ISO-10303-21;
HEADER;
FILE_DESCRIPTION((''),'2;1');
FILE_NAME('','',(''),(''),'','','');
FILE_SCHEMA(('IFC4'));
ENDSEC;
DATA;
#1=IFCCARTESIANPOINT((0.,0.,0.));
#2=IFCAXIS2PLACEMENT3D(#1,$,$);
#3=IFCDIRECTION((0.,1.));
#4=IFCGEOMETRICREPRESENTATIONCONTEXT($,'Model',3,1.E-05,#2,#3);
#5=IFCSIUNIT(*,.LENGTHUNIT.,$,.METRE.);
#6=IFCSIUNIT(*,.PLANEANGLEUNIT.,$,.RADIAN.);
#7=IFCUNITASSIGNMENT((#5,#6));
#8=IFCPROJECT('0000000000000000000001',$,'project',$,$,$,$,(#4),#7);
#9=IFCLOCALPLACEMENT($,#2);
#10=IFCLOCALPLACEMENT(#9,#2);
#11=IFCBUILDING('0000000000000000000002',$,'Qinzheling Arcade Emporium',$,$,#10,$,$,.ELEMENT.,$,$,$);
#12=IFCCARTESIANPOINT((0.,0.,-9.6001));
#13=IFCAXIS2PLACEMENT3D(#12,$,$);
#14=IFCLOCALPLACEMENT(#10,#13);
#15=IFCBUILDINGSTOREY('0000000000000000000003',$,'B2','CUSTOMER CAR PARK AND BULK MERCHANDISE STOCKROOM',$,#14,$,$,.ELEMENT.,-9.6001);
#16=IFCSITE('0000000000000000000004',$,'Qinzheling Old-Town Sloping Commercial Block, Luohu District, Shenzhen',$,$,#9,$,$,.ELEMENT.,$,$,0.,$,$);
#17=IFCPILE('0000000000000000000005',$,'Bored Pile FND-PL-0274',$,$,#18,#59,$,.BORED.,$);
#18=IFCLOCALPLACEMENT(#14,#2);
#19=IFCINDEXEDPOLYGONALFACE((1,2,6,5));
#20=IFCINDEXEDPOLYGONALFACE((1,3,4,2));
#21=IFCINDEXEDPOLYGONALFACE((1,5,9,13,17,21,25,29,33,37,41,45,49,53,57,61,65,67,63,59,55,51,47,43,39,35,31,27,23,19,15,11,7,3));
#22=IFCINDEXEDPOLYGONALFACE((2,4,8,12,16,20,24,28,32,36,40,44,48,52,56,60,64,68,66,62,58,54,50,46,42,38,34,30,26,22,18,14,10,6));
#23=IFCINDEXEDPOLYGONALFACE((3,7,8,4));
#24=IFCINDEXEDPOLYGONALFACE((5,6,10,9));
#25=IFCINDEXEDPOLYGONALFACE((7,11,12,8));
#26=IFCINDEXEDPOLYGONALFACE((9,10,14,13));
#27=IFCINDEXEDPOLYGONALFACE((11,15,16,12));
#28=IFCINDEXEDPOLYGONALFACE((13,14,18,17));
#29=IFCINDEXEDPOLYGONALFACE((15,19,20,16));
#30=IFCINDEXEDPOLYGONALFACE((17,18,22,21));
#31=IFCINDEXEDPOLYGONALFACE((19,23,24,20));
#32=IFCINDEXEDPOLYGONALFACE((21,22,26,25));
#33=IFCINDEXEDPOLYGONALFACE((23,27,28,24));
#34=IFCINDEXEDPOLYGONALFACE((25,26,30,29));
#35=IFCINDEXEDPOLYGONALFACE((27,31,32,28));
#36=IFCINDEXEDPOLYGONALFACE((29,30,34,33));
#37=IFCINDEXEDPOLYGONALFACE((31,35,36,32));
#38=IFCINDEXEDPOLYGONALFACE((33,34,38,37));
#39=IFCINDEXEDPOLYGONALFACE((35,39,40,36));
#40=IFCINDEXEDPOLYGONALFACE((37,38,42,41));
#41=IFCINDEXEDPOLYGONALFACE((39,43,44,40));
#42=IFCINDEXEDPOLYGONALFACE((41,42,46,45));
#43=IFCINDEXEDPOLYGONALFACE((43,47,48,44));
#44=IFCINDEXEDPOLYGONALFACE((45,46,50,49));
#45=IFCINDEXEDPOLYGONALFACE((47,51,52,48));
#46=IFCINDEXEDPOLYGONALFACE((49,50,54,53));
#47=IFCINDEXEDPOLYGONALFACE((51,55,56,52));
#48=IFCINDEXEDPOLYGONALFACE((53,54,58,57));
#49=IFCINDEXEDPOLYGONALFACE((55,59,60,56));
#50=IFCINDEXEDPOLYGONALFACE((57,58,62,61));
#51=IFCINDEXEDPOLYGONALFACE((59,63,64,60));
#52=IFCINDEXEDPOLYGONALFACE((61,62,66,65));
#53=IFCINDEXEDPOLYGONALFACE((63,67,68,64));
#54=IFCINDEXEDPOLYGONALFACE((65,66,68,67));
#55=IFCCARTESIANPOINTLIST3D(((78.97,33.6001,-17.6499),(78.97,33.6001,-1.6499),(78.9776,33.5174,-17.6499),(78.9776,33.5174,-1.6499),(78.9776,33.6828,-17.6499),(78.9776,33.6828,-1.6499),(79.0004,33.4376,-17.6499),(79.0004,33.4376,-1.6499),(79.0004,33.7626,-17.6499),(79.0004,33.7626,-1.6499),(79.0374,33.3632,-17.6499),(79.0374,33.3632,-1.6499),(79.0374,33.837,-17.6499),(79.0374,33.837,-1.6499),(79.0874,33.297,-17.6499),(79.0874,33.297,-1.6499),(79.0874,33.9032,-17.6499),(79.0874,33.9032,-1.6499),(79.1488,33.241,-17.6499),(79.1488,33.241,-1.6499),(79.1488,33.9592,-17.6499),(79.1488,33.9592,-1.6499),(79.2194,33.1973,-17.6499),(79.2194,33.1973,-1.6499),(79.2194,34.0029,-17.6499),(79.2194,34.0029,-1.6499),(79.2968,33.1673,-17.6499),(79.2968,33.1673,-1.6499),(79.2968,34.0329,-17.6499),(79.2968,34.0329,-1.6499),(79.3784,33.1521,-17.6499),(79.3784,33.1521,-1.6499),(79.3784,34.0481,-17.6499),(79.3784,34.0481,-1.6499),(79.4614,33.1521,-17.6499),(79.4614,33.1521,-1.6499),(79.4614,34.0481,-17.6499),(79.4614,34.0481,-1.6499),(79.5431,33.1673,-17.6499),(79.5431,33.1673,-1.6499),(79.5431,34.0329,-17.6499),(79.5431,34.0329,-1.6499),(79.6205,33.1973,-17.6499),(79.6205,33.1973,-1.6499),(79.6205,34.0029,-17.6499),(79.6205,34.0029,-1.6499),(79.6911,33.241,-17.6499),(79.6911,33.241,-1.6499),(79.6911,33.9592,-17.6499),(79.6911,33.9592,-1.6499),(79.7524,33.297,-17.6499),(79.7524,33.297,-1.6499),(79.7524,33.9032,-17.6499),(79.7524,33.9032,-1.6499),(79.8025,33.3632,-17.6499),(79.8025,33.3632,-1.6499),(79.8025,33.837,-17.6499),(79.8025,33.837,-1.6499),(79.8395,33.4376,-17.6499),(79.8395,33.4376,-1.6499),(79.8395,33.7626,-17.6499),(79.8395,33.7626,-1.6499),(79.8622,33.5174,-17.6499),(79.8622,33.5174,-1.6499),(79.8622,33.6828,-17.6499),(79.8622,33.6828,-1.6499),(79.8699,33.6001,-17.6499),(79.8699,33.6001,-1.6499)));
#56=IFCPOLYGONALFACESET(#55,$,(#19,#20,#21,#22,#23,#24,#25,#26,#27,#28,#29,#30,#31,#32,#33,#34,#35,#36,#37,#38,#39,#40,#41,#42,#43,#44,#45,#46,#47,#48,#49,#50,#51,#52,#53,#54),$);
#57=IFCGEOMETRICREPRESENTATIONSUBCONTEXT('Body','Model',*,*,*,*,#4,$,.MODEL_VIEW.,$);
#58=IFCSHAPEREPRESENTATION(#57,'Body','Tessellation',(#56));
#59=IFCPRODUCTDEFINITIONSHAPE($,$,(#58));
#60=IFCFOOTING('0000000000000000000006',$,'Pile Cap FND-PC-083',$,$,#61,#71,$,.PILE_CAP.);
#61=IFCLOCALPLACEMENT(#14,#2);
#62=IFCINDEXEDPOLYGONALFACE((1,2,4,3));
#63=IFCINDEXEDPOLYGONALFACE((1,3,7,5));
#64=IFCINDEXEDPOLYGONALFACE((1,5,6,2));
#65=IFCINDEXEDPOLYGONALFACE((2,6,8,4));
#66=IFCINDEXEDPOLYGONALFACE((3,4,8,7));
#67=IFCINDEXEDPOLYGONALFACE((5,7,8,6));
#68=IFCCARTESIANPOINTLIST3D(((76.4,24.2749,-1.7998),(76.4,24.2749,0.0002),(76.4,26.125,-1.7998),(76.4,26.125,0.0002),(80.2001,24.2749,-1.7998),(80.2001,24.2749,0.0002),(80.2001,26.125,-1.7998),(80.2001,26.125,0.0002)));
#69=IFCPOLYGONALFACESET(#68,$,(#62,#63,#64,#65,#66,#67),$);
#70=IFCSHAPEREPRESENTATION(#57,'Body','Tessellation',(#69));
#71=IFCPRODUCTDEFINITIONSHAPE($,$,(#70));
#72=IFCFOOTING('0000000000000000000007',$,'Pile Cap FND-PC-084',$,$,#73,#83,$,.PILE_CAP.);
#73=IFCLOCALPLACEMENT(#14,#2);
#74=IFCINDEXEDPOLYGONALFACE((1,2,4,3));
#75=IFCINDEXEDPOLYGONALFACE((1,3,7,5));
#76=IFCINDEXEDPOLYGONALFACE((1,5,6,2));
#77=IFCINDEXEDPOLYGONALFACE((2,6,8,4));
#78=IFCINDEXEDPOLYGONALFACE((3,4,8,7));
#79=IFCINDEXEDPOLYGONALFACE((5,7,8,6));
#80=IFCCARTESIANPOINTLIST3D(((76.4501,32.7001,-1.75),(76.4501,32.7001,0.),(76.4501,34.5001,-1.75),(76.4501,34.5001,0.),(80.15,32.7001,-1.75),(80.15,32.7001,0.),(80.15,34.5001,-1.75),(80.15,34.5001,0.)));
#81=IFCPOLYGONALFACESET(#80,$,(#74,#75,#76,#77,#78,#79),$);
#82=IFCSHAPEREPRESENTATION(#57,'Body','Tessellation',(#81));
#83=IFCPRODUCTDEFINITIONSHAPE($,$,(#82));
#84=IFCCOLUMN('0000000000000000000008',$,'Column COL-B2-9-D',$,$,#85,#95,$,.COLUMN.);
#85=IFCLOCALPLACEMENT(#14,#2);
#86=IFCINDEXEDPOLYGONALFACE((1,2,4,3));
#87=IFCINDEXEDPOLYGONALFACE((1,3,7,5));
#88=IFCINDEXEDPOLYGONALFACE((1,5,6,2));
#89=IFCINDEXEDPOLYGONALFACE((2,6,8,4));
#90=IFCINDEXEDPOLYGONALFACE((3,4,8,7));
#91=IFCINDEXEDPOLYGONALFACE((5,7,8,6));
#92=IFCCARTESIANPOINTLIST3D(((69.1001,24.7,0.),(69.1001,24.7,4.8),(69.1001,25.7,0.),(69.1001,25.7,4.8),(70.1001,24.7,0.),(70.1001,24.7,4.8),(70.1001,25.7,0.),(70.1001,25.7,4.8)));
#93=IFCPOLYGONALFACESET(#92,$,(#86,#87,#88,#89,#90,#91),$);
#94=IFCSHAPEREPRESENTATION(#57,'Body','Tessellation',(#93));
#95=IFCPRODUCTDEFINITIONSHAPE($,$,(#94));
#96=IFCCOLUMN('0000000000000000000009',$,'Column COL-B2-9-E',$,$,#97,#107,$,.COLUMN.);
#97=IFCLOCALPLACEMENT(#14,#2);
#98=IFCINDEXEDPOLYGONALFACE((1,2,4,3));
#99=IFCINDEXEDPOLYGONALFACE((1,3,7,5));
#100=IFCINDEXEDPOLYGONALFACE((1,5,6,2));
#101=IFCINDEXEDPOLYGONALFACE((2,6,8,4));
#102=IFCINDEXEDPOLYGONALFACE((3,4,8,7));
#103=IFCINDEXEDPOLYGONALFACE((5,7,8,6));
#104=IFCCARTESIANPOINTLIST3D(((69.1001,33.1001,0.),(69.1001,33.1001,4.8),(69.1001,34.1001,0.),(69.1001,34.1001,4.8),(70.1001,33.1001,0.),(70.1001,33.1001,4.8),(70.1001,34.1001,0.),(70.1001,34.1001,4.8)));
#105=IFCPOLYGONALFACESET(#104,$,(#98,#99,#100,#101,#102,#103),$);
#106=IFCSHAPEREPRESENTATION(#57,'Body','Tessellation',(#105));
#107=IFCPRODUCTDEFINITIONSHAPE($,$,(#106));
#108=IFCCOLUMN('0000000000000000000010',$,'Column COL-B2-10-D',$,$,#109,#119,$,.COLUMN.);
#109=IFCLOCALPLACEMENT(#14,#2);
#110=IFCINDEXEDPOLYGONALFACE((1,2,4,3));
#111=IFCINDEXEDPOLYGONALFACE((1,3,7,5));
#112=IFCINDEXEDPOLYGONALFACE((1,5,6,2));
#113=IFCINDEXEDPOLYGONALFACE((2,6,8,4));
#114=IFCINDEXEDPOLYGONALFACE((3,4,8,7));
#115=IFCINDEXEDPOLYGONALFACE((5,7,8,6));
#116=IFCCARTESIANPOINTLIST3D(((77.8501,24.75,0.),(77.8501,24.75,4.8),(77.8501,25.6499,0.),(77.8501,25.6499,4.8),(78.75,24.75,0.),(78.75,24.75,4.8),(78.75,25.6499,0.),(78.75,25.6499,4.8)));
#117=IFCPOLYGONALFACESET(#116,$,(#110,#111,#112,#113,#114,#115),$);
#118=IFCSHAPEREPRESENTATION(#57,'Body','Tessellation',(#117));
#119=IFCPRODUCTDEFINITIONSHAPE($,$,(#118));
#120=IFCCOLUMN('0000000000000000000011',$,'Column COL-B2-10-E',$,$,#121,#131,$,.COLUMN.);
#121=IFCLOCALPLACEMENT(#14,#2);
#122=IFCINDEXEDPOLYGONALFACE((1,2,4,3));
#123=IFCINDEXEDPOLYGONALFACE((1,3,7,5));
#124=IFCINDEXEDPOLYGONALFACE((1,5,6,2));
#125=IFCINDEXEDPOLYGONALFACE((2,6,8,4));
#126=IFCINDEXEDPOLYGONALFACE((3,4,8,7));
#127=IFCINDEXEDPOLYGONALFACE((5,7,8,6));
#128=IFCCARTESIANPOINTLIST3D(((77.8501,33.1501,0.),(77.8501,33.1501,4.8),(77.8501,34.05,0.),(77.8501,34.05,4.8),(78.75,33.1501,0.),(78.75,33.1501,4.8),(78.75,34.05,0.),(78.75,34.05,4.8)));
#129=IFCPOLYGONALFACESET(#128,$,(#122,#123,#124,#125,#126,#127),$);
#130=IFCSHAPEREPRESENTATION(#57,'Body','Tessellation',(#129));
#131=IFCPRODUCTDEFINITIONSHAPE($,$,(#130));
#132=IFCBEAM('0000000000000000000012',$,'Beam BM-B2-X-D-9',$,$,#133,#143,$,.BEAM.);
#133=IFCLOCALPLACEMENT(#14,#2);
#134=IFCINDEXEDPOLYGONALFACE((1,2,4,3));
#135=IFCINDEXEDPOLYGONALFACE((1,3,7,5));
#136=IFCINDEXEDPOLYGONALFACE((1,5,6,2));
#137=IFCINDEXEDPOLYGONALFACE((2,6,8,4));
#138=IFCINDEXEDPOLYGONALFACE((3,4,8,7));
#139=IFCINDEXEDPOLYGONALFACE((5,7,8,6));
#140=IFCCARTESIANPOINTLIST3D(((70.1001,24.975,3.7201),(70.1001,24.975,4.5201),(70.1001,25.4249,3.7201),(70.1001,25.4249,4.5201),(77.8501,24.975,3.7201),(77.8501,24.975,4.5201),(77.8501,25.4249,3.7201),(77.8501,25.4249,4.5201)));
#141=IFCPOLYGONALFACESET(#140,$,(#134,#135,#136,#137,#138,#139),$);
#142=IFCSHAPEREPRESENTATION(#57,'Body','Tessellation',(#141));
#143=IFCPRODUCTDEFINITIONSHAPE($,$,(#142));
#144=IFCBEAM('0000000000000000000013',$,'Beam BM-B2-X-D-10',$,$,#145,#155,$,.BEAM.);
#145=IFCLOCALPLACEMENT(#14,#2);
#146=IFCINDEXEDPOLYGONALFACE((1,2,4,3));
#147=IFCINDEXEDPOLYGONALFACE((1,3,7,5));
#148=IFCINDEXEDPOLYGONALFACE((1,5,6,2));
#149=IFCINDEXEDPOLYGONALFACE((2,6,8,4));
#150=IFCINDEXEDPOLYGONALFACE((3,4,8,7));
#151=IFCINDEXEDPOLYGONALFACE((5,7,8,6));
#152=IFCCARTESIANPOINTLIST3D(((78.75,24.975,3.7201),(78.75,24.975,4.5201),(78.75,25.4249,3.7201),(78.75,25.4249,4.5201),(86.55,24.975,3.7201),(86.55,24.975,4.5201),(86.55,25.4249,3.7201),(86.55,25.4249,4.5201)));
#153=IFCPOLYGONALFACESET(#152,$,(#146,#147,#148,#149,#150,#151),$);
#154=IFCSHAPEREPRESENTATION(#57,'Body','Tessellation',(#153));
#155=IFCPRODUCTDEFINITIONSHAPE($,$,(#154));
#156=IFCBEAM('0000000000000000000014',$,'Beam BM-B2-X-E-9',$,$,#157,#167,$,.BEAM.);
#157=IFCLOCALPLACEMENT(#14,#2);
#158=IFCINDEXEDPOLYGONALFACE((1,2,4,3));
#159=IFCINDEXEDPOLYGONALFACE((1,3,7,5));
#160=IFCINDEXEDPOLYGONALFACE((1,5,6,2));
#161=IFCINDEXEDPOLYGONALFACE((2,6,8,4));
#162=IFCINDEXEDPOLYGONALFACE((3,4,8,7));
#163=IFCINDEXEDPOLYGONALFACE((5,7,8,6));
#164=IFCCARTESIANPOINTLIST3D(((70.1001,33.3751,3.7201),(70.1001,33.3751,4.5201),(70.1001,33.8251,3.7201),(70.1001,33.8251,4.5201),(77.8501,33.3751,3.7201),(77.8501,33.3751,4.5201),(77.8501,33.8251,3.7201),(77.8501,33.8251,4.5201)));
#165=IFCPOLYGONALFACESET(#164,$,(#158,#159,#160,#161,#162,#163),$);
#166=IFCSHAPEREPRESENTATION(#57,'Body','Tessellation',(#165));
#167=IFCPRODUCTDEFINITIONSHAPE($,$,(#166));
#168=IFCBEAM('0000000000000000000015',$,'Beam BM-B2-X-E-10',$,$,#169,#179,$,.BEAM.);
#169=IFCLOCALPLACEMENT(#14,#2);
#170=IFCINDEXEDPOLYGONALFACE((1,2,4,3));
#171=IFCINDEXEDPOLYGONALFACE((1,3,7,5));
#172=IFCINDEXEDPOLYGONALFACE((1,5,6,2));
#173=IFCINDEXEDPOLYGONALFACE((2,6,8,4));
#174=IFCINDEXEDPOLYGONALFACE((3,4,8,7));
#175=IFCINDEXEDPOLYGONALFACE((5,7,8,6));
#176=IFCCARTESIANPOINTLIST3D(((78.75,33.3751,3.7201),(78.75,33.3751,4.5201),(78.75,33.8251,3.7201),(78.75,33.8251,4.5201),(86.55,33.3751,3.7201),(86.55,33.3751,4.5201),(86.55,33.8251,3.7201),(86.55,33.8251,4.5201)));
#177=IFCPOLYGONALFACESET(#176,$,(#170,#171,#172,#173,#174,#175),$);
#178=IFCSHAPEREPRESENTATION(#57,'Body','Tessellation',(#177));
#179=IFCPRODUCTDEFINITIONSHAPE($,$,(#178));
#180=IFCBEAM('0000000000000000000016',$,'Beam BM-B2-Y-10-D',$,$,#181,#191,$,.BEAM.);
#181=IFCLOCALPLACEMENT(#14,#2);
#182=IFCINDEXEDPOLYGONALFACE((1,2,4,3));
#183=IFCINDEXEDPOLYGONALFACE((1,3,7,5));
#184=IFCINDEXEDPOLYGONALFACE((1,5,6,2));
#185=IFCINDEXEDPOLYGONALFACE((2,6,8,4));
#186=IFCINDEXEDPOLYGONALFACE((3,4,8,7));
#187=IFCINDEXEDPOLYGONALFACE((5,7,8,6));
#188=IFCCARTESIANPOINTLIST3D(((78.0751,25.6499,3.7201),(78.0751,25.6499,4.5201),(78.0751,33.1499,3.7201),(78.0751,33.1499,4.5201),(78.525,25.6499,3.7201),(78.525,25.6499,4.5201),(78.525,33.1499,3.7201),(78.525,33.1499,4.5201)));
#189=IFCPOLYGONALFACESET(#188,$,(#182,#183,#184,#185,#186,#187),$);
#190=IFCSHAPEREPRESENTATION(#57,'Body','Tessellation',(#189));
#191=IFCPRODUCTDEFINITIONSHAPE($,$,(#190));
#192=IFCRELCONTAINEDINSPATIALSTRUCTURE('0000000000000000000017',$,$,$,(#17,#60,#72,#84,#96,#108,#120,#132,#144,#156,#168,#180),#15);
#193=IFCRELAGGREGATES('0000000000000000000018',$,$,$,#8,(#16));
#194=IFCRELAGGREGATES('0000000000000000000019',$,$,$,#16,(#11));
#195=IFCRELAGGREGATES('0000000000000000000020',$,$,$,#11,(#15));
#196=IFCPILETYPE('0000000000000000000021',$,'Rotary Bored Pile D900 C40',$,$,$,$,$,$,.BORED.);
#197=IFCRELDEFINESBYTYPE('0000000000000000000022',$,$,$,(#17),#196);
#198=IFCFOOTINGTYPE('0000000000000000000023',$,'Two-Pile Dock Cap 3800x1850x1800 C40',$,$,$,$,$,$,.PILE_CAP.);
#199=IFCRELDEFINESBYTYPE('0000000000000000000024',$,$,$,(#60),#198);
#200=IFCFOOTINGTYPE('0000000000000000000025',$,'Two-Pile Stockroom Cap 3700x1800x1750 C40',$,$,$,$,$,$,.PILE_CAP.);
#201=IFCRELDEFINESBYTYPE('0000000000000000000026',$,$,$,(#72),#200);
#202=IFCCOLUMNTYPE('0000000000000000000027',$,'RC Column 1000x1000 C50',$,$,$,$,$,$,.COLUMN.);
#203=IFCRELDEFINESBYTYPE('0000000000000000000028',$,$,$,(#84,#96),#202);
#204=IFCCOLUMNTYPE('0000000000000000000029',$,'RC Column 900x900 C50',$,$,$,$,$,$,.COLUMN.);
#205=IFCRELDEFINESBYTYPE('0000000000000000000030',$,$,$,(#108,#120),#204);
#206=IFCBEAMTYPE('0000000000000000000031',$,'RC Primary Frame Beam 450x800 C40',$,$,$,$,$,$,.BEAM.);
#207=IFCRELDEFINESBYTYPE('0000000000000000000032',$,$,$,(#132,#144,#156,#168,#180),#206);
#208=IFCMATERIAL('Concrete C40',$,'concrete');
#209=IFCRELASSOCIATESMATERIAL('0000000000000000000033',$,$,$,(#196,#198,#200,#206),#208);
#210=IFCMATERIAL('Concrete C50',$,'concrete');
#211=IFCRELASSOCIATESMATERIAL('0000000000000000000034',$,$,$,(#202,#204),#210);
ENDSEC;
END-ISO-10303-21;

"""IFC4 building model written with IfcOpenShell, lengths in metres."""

from ifc_helpers import new_model, si_unit, direction, frame, origin, origin_2d, place, context, subcontext, project, spatial, rectangle, circle, extrude, material, material_profile, profile_set, type_object, element, save


model = new_model("IFC4")

# Units and contexts
model_context = context("Model", 3, precision=1e-05, world=origin(), true_north=direction((0.0, 1.0)))
body_context = subcontext(model_context, "Body", "Model", "MODEL_VIEW")
ifc_project = project(units=[si_unit("LENGTHUNIT", "METRE"), si_unit("PLANEANGLEUNIT", "RADIAN")], contexts=[model_context])

# Site, building, storey
site_placement = place(None, origin())
site = spatial("IfcSite", under=ifc_project, at=site_placement, Name="Qinzheling Old-Town Sloping Commercial Block, Luohu District, Shenzhen", CompositionType="ELEMENT", RefElevation=0.0)
building_placement = place(site_placement, origin())
building = spatial("IfcBuilding", under=site, at=building_placement, Name="Qinzheling Arcade Emporium", CompositionType="ELEMENT")
storey_placement = place(building_placement, frame((0.0, 0.0, -9.6001)))
storey = spatial("IfcBuildingStorey", under=building, at=storey_placement, Name="B2", Description="CUSTOMER CAR PARK AND BULK MERCHANDISE STOCKROOM", CompositionType="ELEMENT", Elevation=-9.6001)

# Shared definitions
ifc_material_1 = material(Name="Concrete C40", Category="concrete")

# Pile
ifc_material_profile_1 = material_profile(ifc_material_1, circle(Radius=0.45, at=origin_2d()), Name="BORED D900", Category="concrete")
ifc_profile_set_1 = profile_set([ifc_material_profile_1], Name="Concrete C40")
pile_type_1 = type_object("IfcPileType", Name="Rotary Bored Pile D900 C40", PredefinedType="BORED", material=ifc_profile_set_1)
for number, where, z_axis, x_axis, name in (
    (1, (79.4199, 33.6001, -1.6499), (0.0, 0.0, -1.0), (1.0, 0.0, 0.0), "Bored Pile FND-PL-0274"),
):
    element("IfcPile", number, at=place(storey_placement, frame(where, z_axis=z_axis, x_axis=x_axis)), inside=storey, type_object=pile_type_1, Name=name, PredefinedType="BORED", context=body_context, shape_type="SweptSolid", body=[
        extrude(circle(Radius=0.45, at=origin_2d()), origin(), (0.0, 0.0, 1.0), 16.0),
    ])

# Footings
footing_type_1 = type_object("IfcFootingType", Name="Two-Pile Dock Cap 3800x1850x1800 C40", PredefinedType="PILE_CAP", material=ifc_material_1)
footing_1_placement = place(storey_placement, frame((78.3, 25.2, -1.7998), z_axis=(0.0, 0.0, 1.0), x_axis=(1.0, 0.0, 0.0)))
element("IfcFooting", 2, at=footing_1_placement, inside=storey, type_object=footing_type_1, Name="Pile Cap FND-PC-083", PredefinedType="PILE_CAP", context=body_context, shape_type="SweptSolid", body=[
    extrude(rectangle(XDim=3.8, YDim=1.8501, at=origin_2d()), origin(), (0.0, 0.0, 1.0), 1.8),
])
footing_type_2 = type_object("IfcFootingType", Name="Two-Pile Stockroom Cap 3700x1800x1750 C40", PredefinedType="PILE_CAP", material=ifc_material_1)
footing_2_placement = place(storey_placement, frame((78.3, 33.6001, -1.75), z_axis=(0.0, 0.0, 1.0), x_axis=(1.0, 0.0, 0.0)))
element("IfcFooting", 3, at=footing_2_placement, inside=storey, type_object=footing_type_2, Name="Pile Cap FND-PC-084", PredefinedType="PILE_CAP", context=body_context, shape_type="SweptSolid", body=[
    extrude(rectangle(XDim=3.7, YDim=1.8, at=origin_2d()), origin(), (0.0, 0.0, 1.0), 1.75),
])

# Columns
ifc_material_2 = material(Name="Concrete C50", Category="concrete")
ifc_material_profile_2 = material_profile(ifc_material_2, rectangle(XDim=1.0, YDim=1.0, at=origin_2d()), Name="RC 1000x1000", Category="concrete")
ifc_profile_set_2 = profile_set([ifc_material_profile_2], Name="Concrete C50")
column_type_1 = type_object("IfcColumnType", Name="RC Column 1000x1000 C50", PredefinedType="COLUMN", material=ifc_profile_set_2)
for number, where, z_axis, x_axis, name in (
    (4, (69.6001, 25.2, 0.0), (0.0, 0.0, 1.0), (1.0, 0.0, 0.0), "Column COL-B2-9-D"),
    (5, (69.6001, 33.6001, 0.0), (0.0, 0.0, 1.0), (1.0, 0.0, 0.0), "Column COL-B2-9-E"),
):
    element("IfcColumn", number, at=place(storey_placement, frame(where, z_axis=z_axis, x_axis=x_axis)), inside=storey, type_object=column_type_1, Name=name, PredefinedType="COLUMN", context=body_context, shape_type="SweptSolid", body=[
        extrude(rectangle(XDim=1.0, YDim=1.0, at=origin_2d()), origin(), (0.0, 0.0, 1.0), 4.8),
    ])
ifc_material_profile_3 = material_profile(ifc_material_2, rectangle(XDim=0.8999, YDim=0.8999, at=origin_2d()), Name="RC 900x900", Category="concrete")
ifc_profile_set_3 = profile_set([ifc_material_profile_3], Name="Concrete C50")
column_type_2 = type_object("IfcColumnType", Name="RC Column 900x900 C50", PredefinedType="COLUMN", material=ifc_profile_set_3)
for number, where, z_axis, x_axis, name in (
    (6, (78.3, 25.2, 0.0), (0.0, 0.0, 1.0), (1.0, 0.0, 0.0), "Column COL-B2-10-D"),
    (7, (78.3, 33.6001, 0.0), (0.0, 0.0, 1.0), (1.0, 0.0, 0.0), "Column COL-B2-10-E"),
):
    element("IfcColumn", number, at=place(storey_placement, frame(where, z_axis=z_axis, x_axis=x_axis)), inside=storey, type_object=column_type_2, Name=name, PredefinedType="COLUMN", context=body_context, shape_type="SweptSolid", body=[
        extrude(rectangle(XDim=0.8999, YDim=0.8999, at=origin_2d()), origin(), (0.0, 0.0, 1.0), 4.8),
    ])

# Beams
ifc_material_profile_4 = material_profile(ifc_material_1, rectangle(XDim=0.45, YDim=0.8, at=origin_2d()), Name="RC 450x800", Category="concrete")
ifc_profile_set_4 = profile_set([ifc_material_profile_4], Name="Concrete C40")
beam_type_1 = type_object("IfcBeamType", Name="RC Primary Frame Beam 450x800 C40", PredefinedType="BEAM", material=ifc_profile_set_4)
beam_1_placement = place(storey_placement, frame((70.1001, 25.2, 4.1201), z_axis=(1.0, 0.0, 0.0), x_axis=(0.0, 1.0, 0.0)))
element("IfcBeam", 8, at=beam_1_placement, inside=storey, type_object=beam_type_1, Name="Beam BM-B2-X-D-9", PredefinedType="BEAM", context=body_context, shape_type="SweptSolid", body=[
    extrude(rectangle(XDim=0.45, YDim=0.8, at=origin_2d()), origin(), (0.0, 0.0, 1.0), 7.75),
])
beam_2_placement = place(storey_placement, frame((78.75, 25.2, 4.1201), z_axis=(1.0, 0.0, 0.0), x_axis=(0.0, 1.0, 0.0)))
element("IfcBeam", 9, at=beam_2_placement, inside=storey, type_object=beam_type_1, Name="Beam BM-B2-X-D-10", PredefinedType="BEAM", context=body_context, shape_type="SweptSolid", body=[
    extrude(rectangle(XDim=0.45, YDim=0.8, at=origin_2d()), origin(), (0.0, 0.0, 1.0), 7.8),
])
beam_3_placement = place(storey_placement, frame((70.1001, 33.6001, 4.1201), z_axis=(1.0, 0.0, 0.0), x_axis=(0.0, 1.0, 0.0)))
element("IfcBeam", 10, at=beam_3_placement, inside=storey, type_object=beam_type_1, Name="Beam BM-B2-X-E-9", PredefinedType="BEAM", context=body_context, shape_type="SweptSolid", body=[
    extrude(rectangle(XDim=0.45, YDim=0.8, at=origin_2d()), origin(), (0.0, 0.0, 1.0), 7.75),
])
beam_4_placement = place(storey_placement, frame((78.75, 33.6001, 4.1201), z_axis=(1.0, 0.0, 0.0), x_axis=(0.0, 1.0, 0.0)))
element("IfcBeam", 11, at=beam_4_placement, inside=storey, type_object=beam_type_1, Name="Beam BM-B2-X-E-10", PredefinedType="BEAM", context=body_context, shape_type="SweptSolid", body=[
    extrude(rectangle(XDim=0.45, YDim=0.8, at=origin_2d()), origin(), (0.0, 0.0, 1.0), 7.8),
])
beam_5_placement = place(storey_placement, frame((78.3, 25.6499, 4.1201), z_axis=(0.0, 1.0, 0.0), x_axis=(-1.0, 0.0, 0.0)))
element("IfcBeam", 12, at=beam_5_placement, inside=storey, type_object=beam_type_1, Name="Beam BM-B2-Y-10-D", PredefinedType="BEAM", context=body_context, shape_type="SweptSolid", body=[
    extrude(rectangle(XDim=0.45, YDim=0.8, at=origin_2d()), origin(), (0.0, 0.0, 1.0), 7.5),
])

save(model, "model.ifc")
